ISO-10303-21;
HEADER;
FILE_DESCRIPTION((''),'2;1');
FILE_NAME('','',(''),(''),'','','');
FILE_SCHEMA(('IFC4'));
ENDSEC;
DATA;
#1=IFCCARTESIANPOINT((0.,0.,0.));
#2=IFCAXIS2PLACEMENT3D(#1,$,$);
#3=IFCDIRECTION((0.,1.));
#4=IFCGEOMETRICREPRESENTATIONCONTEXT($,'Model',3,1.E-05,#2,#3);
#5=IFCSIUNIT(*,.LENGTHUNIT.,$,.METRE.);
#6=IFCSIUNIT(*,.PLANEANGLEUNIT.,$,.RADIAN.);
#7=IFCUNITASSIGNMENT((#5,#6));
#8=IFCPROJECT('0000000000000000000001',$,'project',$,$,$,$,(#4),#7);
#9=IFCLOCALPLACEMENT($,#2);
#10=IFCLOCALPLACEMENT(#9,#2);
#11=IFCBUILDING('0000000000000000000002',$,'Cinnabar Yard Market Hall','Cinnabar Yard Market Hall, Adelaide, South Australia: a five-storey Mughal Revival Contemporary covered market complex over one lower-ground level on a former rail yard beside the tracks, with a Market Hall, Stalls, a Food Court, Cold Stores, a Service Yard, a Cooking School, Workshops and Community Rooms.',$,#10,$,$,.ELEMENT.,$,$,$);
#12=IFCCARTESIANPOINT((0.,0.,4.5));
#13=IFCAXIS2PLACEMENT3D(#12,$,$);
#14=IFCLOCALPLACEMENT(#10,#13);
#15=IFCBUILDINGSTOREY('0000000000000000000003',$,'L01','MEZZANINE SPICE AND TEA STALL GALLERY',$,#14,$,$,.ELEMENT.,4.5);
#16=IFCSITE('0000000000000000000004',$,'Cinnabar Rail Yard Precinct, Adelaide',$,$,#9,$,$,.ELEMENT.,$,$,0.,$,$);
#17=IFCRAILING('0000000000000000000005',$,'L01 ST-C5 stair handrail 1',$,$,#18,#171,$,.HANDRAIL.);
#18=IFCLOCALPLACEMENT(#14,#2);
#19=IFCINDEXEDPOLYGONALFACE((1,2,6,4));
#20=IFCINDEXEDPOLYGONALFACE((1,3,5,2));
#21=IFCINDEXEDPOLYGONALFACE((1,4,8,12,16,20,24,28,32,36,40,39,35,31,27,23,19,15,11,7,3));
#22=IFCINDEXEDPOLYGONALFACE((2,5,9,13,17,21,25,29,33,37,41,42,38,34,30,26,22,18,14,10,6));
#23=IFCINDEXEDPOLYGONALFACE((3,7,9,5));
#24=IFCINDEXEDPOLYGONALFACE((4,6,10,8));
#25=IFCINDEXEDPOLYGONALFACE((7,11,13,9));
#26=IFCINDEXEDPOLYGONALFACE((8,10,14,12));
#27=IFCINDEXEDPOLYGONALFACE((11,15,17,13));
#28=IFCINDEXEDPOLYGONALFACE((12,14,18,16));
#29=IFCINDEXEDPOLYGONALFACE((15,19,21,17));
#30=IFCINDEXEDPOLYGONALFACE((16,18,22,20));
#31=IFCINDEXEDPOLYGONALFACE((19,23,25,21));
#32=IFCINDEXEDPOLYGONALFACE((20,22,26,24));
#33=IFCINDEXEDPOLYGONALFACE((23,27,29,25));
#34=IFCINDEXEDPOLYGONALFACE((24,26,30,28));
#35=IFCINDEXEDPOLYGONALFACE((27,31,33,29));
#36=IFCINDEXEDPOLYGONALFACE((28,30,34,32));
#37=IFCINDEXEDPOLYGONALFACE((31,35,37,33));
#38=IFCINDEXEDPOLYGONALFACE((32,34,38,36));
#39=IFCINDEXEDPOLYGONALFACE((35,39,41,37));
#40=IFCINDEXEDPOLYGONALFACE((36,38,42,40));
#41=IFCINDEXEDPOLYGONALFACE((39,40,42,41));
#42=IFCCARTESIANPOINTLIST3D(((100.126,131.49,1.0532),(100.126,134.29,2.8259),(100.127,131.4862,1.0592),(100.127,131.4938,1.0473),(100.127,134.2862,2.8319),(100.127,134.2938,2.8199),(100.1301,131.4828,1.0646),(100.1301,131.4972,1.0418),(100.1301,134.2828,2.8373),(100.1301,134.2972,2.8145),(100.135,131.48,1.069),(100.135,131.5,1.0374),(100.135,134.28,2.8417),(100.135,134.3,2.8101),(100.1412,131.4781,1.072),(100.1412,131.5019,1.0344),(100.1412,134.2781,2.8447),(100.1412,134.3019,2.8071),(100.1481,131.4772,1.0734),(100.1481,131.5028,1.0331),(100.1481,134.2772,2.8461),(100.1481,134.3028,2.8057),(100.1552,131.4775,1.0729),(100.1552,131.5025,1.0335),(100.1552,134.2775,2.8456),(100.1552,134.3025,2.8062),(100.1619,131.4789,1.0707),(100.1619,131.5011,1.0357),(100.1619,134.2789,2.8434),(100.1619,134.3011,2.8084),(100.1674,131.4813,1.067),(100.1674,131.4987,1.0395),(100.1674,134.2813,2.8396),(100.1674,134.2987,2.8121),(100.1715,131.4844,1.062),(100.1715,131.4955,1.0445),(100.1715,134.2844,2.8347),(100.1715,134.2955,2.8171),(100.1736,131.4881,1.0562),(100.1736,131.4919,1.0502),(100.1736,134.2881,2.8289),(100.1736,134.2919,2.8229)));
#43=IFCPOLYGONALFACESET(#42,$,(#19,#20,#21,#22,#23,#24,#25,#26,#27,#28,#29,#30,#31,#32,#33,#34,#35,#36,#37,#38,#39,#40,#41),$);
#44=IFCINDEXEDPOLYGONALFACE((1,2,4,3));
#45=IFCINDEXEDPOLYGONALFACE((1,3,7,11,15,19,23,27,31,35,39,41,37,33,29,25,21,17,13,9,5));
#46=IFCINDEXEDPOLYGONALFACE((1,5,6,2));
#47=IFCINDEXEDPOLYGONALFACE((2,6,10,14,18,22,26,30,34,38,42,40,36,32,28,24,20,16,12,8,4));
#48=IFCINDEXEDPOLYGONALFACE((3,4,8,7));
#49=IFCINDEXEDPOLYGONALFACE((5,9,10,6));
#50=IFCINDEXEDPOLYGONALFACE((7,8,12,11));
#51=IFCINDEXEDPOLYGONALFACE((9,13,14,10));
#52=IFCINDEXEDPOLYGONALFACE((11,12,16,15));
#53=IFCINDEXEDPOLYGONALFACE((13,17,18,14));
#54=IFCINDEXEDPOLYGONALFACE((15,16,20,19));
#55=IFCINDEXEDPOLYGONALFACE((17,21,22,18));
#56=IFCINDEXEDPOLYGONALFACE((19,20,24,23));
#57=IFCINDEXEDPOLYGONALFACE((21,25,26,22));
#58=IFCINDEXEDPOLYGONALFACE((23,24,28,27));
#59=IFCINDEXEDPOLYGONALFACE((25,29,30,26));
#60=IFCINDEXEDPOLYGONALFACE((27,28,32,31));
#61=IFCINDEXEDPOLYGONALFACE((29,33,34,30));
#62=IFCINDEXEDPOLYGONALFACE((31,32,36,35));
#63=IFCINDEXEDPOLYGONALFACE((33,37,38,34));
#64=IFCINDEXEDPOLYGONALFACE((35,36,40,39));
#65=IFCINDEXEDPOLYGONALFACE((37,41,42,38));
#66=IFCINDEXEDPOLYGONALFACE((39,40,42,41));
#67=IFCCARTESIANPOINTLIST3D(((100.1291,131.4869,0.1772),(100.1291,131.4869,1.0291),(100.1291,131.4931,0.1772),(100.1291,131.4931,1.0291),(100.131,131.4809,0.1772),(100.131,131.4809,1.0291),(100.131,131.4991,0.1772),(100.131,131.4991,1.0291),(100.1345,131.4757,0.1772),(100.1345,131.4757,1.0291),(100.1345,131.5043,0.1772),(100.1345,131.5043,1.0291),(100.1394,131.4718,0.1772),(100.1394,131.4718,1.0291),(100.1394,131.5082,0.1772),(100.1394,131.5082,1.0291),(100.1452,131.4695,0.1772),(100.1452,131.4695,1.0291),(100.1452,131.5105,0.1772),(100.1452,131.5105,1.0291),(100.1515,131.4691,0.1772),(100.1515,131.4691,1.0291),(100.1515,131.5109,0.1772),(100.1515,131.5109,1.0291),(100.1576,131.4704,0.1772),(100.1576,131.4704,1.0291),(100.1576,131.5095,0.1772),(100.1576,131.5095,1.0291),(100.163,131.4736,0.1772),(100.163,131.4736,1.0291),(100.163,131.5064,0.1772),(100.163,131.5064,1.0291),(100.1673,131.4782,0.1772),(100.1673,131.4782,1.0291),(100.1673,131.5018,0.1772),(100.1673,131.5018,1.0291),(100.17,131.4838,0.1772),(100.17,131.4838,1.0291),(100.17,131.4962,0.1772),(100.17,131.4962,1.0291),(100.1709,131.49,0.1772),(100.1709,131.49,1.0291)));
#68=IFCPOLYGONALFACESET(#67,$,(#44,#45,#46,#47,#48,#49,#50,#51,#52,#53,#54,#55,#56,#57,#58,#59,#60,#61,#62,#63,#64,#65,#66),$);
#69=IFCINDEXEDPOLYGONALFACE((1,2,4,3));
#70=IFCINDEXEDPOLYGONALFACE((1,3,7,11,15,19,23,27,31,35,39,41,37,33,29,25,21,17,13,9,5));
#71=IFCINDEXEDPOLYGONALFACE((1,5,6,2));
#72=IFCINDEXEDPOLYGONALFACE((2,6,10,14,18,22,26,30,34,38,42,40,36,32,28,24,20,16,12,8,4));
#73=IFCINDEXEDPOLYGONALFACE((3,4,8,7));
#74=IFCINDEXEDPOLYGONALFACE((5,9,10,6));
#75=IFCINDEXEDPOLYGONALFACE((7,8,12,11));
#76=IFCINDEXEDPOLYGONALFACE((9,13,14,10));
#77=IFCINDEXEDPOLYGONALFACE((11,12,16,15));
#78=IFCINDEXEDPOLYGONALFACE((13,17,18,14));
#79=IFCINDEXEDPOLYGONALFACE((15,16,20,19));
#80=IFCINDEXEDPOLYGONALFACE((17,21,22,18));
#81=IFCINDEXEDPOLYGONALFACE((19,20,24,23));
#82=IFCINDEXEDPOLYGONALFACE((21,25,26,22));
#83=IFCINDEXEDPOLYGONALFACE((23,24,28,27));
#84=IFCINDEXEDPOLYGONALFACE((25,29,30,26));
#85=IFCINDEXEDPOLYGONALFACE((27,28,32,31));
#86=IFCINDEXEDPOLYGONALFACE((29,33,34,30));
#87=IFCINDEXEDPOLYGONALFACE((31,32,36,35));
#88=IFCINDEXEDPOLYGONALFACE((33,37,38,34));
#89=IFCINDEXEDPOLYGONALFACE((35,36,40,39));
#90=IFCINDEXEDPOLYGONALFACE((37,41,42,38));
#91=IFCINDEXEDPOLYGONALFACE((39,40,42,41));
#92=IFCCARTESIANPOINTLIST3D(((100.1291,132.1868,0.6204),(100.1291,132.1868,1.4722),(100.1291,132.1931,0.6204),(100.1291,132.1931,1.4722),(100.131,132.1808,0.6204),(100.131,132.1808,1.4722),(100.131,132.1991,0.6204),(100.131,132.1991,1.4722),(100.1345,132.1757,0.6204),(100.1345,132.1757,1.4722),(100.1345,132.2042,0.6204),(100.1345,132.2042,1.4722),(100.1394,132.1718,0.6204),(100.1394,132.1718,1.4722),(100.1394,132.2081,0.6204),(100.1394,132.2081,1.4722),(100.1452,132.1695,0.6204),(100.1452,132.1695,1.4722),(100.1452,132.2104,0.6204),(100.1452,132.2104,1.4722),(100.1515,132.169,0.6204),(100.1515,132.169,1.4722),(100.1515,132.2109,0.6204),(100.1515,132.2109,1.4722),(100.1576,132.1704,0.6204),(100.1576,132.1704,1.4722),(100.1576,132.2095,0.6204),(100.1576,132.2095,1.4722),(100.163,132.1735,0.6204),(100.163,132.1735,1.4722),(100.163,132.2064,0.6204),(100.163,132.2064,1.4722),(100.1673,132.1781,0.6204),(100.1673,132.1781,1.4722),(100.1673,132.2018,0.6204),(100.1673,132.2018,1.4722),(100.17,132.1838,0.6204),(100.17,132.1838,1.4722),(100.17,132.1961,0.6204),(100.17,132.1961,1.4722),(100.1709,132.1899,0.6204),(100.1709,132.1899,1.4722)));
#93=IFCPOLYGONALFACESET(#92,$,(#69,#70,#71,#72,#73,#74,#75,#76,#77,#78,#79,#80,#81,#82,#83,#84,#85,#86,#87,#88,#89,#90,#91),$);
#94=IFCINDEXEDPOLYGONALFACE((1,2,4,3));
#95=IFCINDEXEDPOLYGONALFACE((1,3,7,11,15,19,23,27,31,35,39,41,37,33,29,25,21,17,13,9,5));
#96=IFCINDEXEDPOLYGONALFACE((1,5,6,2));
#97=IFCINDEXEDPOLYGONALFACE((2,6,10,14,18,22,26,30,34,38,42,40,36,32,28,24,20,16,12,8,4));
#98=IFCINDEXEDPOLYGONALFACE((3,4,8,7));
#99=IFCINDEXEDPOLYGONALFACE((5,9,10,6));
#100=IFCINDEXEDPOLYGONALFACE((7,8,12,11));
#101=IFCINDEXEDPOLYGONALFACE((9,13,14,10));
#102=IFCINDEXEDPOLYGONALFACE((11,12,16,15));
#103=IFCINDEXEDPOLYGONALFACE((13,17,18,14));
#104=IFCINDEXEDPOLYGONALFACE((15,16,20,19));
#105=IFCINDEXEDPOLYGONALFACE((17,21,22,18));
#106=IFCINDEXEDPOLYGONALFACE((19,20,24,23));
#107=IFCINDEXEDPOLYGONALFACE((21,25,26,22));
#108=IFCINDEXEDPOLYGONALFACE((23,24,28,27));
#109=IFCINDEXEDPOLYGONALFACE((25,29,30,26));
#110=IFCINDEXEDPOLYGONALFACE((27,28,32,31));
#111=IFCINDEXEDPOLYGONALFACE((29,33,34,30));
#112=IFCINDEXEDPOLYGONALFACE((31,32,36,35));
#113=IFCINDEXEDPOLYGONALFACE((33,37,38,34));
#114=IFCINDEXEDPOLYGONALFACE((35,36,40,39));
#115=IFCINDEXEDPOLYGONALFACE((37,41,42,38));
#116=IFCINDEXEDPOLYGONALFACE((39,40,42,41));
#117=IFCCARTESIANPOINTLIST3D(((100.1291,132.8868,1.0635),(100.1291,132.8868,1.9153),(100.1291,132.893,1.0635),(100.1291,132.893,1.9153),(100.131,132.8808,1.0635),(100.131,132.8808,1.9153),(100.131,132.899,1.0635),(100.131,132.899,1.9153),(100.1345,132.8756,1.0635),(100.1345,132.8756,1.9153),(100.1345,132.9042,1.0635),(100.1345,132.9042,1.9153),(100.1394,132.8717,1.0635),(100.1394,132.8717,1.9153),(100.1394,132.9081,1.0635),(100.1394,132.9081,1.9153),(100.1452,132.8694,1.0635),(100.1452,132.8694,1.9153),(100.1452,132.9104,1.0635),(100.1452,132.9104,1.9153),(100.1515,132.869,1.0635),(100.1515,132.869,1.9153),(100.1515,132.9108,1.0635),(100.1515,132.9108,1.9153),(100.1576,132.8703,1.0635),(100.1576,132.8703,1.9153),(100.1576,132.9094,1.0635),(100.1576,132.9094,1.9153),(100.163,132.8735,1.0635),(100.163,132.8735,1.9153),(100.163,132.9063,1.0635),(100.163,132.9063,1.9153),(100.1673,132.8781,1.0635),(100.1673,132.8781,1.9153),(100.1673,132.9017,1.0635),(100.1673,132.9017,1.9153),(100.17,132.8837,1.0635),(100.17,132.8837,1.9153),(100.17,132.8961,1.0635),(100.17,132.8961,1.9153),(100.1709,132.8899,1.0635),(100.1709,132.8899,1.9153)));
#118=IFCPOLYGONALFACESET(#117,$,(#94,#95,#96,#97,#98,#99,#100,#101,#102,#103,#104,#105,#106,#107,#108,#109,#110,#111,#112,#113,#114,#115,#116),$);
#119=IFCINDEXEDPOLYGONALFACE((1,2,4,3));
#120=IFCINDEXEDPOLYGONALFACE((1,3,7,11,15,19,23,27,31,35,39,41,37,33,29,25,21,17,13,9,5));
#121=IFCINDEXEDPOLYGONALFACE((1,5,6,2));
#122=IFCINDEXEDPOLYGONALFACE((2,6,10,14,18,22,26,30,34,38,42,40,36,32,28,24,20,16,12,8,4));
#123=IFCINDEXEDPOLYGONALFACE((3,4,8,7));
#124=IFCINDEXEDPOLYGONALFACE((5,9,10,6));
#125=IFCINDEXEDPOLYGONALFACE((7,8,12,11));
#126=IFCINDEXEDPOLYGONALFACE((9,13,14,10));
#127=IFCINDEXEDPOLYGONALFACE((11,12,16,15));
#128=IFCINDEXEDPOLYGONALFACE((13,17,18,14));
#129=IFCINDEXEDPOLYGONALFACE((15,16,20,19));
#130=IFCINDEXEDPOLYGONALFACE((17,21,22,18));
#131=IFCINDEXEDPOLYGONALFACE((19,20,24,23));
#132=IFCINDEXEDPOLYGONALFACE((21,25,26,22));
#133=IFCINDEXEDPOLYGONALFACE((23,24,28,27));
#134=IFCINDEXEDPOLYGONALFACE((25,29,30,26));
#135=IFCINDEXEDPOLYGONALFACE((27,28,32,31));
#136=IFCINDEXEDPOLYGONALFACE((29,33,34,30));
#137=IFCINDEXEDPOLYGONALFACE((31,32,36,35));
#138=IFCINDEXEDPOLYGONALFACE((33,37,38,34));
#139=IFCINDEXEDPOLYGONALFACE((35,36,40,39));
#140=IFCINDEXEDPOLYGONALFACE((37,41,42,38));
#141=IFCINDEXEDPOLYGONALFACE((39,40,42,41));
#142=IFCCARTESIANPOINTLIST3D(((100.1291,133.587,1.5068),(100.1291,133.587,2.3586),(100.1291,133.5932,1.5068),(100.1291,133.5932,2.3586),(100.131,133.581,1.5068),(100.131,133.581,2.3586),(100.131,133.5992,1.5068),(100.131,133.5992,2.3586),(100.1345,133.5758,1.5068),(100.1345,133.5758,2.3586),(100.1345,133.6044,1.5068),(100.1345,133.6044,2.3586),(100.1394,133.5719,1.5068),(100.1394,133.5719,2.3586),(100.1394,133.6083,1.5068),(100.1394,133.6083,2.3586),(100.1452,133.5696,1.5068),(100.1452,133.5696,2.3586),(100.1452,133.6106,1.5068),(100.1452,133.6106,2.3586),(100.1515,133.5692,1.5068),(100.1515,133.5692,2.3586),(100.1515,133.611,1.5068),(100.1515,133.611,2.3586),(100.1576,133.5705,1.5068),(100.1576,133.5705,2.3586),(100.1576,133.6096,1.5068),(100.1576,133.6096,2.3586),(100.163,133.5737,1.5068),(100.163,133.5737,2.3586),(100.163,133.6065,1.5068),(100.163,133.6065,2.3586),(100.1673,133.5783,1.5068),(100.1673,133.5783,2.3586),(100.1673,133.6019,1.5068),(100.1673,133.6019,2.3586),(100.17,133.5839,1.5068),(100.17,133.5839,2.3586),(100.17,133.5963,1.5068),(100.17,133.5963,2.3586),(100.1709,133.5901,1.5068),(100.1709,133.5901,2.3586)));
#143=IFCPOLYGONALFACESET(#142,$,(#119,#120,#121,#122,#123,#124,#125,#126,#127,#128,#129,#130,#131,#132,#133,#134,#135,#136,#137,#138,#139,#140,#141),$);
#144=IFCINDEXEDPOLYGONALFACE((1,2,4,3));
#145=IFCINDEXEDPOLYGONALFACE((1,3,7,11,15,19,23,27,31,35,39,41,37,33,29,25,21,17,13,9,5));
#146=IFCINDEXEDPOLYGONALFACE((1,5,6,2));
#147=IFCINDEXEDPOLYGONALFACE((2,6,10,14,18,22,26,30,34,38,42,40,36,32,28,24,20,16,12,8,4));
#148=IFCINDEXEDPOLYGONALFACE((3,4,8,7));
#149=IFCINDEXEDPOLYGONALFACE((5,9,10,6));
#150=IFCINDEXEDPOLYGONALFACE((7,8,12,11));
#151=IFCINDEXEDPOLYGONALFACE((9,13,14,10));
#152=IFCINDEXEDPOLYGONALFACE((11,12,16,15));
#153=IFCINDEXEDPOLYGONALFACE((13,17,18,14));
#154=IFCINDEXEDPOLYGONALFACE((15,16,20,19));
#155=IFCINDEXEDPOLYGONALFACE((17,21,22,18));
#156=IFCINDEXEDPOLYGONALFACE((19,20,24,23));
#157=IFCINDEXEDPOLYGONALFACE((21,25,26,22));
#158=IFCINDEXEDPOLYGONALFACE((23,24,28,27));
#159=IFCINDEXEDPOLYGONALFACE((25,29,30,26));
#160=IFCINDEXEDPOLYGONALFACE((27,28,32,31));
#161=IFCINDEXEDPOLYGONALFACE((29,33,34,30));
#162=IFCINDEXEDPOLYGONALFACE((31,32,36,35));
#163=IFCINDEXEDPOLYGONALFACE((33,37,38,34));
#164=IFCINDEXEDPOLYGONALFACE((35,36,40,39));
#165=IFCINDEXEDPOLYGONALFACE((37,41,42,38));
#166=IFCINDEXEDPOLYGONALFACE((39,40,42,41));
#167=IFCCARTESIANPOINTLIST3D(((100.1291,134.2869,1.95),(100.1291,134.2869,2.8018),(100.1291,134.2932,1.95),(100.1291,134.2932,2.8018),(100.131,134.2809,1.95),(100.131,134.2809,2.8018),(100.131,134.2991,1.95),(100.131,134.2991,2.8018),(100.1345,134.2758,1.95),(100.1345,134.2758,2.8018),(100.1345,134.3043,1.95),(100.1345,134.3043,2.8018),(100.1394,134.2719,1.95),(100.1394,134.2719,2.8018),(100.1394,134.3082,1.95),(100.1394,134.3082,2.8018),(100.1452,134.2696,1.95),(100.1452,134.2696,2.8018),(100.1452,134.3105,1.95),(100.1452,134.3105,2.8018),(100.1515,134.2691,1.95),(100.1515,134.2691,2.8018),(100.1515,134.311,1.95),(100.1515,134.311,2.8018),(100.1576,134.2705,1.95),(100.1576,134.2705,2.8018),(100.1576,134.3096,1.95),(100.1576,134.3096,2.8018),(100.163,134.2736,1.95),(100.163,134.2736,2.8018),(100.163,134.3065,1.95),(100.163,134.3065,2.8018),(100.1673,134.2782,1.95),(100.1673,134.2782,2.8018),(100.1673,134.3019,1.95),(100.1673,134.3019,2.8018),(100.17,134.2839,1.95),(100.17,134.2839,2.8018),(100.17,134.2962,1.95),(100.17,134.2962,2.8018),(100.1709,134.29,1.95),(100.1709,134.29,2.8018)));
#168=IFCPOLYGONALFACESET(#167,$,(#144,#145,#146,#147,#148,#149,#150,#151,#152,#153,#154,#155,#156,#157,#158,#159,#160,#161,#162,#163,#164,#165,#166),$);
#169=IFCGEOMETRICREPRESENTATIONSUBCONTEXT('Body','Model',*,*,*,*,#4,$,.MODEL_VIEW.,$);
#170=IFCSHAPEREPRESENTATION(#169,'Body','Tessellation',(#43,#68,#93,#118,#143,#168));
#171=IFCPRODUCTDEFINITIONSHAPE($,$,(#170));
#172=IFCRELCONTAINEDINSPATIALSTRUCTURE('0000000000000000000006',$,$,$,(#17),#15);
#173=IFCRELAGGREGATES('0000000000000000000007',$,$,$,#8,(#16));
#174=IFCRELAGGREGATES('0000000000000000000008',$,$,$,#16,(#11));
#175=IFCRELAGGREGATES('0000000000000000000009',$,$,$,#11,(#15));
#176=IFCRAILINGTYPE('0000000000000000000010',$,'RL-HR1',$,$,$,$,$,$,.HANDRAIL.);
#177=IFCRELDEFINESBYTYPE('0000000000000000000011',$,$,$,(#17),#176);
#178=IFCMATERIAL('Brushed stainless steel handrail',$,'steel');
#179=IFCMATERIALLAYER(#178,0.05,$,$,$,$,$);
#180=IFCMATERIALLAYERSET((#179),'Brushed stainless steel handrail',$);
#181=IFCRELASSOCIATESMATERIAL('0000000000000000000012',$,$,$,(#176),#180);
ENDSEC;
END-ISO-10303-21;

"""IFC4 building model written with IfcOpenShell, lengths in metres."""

from ifc_helpers import new_model, si_unit, direction, frame, origin, origin_2d_with_axis, place, context, subcontext, project, spatial, circle, extrude, material, layer, layer_set, type_object, element, save


model = new_model("IFC4")

# Units and contexts
model_context = context("Model", 3, precision=1e-05, world=origin(), true_north=direction((0.0, 1.0)))
body_context = subcontext(model_context, "Body", "Model", "MODEL_VIEW")
ifc_project = project(units=[si_unit("LENGTHUNIT", "METRE"), si_unit("PLANEANGLEUNIT", "RADIAN")], contexts=[model_context])

# Site, building, storey
site_placement = place(None, origin())
site = spatial("IfcSite", under=ifc_project, at=site_placement, Name="Cinnabar Rail Yard Precinct, Adelaide", CompositionType="ELEMENT", RefElevation=0.0)
building_placement = place(site_placement, origin())
building = spatial("IfcBuilding", under=site, at=building_placement, Name="Cinnabar Yard Market Hall", Description="Cinnabar Yard Market Hall, Adelaide, South Australia: a five-storey Mughal Revival Contemporary covered market complex over one lower-ground level on a former rail yard beside the tracks, with a Market Hall, Stalls, a Food Court, Cold Stores, a Service Yard, a Cooking School, Workshops and Community Rooms.", CompositionType="ELEMENT")
storey_placement = place(building_placement, frame((0.0, 0.0, 4.5)))
storey = spatial("IfcBuildingStorey", under=building, at=storey_placement, Name="L01", Description="MEZZANINE SPICE AND TEA STALL GALLERY", CompositionType="ELEMENT", Elevation=4.5)

# Railing
ifc_material_1 = material(Name="Brushed stainless steel handrail", Category="steel")
ifc_layer_1 = layer(ifc_material_1, 0.05)
ifc_layer_set_1 = layer_set([ifc_layer_1], Name="Brushed stainless steel handrail")
railing_type_1 = type_object("IfcRailingType", Name="RL-HR1", PredefinedType="HANDRAIL", material=ifc_layer_set_1)
railing_1_placement = place(storey_placement, frame((100.1499, 131.49, 0.1772)))
element("IfcRailing", 1, at=railing_1_placement, inside=storey, type_object=railing_type_1, Name="L01 ST-C5 stair handrail 1", PredefinedType="HANDRAIL", context=body_context, shape_type="SweptSolid", body=[
    extrude(circle(Radius=0.0239, at=origin_2d_with_axis()), frame((0.0, 0.0, 0.876), z_axis=(0.0, 0.844909, 0.53491), x_axis=(-1.0, 0.0, 0.0)), (0.0, 0.0, 1.0), 3.314),
    extrude(circle(Radius=0.021, at=origin_2d_with_axis()), origin(), (0.0, 0.0, 1.0), 0.8518),
    extrude(circle(Radius=0.021, at=origin_2d_with_axis()), frame((0.0, 0.7, 0.4431)), (0.0, 0.0, 1.0), 0.8518),
    extrude(circle(Radius=0.021, at=origin_2d_with_axis()), frame((0.0, 1.3999, 0.8862)), (0.0, 0.0, 1.0), 0.8518),
    extrude(circle(Radius=0.021, at=origin_2d_with_axis()), frame((0.0, 2.1001, 1.3296)), (0.0, 0.0, 1.0), 0.8518),
    extrude(circle(Radius=0.021, at=origin_2d_with_axis()), frame((0.0, 2.8, 1.7727)), (0.0, 0.0, 1.0), 0.8518),
])

save(model, "model.ifc")
